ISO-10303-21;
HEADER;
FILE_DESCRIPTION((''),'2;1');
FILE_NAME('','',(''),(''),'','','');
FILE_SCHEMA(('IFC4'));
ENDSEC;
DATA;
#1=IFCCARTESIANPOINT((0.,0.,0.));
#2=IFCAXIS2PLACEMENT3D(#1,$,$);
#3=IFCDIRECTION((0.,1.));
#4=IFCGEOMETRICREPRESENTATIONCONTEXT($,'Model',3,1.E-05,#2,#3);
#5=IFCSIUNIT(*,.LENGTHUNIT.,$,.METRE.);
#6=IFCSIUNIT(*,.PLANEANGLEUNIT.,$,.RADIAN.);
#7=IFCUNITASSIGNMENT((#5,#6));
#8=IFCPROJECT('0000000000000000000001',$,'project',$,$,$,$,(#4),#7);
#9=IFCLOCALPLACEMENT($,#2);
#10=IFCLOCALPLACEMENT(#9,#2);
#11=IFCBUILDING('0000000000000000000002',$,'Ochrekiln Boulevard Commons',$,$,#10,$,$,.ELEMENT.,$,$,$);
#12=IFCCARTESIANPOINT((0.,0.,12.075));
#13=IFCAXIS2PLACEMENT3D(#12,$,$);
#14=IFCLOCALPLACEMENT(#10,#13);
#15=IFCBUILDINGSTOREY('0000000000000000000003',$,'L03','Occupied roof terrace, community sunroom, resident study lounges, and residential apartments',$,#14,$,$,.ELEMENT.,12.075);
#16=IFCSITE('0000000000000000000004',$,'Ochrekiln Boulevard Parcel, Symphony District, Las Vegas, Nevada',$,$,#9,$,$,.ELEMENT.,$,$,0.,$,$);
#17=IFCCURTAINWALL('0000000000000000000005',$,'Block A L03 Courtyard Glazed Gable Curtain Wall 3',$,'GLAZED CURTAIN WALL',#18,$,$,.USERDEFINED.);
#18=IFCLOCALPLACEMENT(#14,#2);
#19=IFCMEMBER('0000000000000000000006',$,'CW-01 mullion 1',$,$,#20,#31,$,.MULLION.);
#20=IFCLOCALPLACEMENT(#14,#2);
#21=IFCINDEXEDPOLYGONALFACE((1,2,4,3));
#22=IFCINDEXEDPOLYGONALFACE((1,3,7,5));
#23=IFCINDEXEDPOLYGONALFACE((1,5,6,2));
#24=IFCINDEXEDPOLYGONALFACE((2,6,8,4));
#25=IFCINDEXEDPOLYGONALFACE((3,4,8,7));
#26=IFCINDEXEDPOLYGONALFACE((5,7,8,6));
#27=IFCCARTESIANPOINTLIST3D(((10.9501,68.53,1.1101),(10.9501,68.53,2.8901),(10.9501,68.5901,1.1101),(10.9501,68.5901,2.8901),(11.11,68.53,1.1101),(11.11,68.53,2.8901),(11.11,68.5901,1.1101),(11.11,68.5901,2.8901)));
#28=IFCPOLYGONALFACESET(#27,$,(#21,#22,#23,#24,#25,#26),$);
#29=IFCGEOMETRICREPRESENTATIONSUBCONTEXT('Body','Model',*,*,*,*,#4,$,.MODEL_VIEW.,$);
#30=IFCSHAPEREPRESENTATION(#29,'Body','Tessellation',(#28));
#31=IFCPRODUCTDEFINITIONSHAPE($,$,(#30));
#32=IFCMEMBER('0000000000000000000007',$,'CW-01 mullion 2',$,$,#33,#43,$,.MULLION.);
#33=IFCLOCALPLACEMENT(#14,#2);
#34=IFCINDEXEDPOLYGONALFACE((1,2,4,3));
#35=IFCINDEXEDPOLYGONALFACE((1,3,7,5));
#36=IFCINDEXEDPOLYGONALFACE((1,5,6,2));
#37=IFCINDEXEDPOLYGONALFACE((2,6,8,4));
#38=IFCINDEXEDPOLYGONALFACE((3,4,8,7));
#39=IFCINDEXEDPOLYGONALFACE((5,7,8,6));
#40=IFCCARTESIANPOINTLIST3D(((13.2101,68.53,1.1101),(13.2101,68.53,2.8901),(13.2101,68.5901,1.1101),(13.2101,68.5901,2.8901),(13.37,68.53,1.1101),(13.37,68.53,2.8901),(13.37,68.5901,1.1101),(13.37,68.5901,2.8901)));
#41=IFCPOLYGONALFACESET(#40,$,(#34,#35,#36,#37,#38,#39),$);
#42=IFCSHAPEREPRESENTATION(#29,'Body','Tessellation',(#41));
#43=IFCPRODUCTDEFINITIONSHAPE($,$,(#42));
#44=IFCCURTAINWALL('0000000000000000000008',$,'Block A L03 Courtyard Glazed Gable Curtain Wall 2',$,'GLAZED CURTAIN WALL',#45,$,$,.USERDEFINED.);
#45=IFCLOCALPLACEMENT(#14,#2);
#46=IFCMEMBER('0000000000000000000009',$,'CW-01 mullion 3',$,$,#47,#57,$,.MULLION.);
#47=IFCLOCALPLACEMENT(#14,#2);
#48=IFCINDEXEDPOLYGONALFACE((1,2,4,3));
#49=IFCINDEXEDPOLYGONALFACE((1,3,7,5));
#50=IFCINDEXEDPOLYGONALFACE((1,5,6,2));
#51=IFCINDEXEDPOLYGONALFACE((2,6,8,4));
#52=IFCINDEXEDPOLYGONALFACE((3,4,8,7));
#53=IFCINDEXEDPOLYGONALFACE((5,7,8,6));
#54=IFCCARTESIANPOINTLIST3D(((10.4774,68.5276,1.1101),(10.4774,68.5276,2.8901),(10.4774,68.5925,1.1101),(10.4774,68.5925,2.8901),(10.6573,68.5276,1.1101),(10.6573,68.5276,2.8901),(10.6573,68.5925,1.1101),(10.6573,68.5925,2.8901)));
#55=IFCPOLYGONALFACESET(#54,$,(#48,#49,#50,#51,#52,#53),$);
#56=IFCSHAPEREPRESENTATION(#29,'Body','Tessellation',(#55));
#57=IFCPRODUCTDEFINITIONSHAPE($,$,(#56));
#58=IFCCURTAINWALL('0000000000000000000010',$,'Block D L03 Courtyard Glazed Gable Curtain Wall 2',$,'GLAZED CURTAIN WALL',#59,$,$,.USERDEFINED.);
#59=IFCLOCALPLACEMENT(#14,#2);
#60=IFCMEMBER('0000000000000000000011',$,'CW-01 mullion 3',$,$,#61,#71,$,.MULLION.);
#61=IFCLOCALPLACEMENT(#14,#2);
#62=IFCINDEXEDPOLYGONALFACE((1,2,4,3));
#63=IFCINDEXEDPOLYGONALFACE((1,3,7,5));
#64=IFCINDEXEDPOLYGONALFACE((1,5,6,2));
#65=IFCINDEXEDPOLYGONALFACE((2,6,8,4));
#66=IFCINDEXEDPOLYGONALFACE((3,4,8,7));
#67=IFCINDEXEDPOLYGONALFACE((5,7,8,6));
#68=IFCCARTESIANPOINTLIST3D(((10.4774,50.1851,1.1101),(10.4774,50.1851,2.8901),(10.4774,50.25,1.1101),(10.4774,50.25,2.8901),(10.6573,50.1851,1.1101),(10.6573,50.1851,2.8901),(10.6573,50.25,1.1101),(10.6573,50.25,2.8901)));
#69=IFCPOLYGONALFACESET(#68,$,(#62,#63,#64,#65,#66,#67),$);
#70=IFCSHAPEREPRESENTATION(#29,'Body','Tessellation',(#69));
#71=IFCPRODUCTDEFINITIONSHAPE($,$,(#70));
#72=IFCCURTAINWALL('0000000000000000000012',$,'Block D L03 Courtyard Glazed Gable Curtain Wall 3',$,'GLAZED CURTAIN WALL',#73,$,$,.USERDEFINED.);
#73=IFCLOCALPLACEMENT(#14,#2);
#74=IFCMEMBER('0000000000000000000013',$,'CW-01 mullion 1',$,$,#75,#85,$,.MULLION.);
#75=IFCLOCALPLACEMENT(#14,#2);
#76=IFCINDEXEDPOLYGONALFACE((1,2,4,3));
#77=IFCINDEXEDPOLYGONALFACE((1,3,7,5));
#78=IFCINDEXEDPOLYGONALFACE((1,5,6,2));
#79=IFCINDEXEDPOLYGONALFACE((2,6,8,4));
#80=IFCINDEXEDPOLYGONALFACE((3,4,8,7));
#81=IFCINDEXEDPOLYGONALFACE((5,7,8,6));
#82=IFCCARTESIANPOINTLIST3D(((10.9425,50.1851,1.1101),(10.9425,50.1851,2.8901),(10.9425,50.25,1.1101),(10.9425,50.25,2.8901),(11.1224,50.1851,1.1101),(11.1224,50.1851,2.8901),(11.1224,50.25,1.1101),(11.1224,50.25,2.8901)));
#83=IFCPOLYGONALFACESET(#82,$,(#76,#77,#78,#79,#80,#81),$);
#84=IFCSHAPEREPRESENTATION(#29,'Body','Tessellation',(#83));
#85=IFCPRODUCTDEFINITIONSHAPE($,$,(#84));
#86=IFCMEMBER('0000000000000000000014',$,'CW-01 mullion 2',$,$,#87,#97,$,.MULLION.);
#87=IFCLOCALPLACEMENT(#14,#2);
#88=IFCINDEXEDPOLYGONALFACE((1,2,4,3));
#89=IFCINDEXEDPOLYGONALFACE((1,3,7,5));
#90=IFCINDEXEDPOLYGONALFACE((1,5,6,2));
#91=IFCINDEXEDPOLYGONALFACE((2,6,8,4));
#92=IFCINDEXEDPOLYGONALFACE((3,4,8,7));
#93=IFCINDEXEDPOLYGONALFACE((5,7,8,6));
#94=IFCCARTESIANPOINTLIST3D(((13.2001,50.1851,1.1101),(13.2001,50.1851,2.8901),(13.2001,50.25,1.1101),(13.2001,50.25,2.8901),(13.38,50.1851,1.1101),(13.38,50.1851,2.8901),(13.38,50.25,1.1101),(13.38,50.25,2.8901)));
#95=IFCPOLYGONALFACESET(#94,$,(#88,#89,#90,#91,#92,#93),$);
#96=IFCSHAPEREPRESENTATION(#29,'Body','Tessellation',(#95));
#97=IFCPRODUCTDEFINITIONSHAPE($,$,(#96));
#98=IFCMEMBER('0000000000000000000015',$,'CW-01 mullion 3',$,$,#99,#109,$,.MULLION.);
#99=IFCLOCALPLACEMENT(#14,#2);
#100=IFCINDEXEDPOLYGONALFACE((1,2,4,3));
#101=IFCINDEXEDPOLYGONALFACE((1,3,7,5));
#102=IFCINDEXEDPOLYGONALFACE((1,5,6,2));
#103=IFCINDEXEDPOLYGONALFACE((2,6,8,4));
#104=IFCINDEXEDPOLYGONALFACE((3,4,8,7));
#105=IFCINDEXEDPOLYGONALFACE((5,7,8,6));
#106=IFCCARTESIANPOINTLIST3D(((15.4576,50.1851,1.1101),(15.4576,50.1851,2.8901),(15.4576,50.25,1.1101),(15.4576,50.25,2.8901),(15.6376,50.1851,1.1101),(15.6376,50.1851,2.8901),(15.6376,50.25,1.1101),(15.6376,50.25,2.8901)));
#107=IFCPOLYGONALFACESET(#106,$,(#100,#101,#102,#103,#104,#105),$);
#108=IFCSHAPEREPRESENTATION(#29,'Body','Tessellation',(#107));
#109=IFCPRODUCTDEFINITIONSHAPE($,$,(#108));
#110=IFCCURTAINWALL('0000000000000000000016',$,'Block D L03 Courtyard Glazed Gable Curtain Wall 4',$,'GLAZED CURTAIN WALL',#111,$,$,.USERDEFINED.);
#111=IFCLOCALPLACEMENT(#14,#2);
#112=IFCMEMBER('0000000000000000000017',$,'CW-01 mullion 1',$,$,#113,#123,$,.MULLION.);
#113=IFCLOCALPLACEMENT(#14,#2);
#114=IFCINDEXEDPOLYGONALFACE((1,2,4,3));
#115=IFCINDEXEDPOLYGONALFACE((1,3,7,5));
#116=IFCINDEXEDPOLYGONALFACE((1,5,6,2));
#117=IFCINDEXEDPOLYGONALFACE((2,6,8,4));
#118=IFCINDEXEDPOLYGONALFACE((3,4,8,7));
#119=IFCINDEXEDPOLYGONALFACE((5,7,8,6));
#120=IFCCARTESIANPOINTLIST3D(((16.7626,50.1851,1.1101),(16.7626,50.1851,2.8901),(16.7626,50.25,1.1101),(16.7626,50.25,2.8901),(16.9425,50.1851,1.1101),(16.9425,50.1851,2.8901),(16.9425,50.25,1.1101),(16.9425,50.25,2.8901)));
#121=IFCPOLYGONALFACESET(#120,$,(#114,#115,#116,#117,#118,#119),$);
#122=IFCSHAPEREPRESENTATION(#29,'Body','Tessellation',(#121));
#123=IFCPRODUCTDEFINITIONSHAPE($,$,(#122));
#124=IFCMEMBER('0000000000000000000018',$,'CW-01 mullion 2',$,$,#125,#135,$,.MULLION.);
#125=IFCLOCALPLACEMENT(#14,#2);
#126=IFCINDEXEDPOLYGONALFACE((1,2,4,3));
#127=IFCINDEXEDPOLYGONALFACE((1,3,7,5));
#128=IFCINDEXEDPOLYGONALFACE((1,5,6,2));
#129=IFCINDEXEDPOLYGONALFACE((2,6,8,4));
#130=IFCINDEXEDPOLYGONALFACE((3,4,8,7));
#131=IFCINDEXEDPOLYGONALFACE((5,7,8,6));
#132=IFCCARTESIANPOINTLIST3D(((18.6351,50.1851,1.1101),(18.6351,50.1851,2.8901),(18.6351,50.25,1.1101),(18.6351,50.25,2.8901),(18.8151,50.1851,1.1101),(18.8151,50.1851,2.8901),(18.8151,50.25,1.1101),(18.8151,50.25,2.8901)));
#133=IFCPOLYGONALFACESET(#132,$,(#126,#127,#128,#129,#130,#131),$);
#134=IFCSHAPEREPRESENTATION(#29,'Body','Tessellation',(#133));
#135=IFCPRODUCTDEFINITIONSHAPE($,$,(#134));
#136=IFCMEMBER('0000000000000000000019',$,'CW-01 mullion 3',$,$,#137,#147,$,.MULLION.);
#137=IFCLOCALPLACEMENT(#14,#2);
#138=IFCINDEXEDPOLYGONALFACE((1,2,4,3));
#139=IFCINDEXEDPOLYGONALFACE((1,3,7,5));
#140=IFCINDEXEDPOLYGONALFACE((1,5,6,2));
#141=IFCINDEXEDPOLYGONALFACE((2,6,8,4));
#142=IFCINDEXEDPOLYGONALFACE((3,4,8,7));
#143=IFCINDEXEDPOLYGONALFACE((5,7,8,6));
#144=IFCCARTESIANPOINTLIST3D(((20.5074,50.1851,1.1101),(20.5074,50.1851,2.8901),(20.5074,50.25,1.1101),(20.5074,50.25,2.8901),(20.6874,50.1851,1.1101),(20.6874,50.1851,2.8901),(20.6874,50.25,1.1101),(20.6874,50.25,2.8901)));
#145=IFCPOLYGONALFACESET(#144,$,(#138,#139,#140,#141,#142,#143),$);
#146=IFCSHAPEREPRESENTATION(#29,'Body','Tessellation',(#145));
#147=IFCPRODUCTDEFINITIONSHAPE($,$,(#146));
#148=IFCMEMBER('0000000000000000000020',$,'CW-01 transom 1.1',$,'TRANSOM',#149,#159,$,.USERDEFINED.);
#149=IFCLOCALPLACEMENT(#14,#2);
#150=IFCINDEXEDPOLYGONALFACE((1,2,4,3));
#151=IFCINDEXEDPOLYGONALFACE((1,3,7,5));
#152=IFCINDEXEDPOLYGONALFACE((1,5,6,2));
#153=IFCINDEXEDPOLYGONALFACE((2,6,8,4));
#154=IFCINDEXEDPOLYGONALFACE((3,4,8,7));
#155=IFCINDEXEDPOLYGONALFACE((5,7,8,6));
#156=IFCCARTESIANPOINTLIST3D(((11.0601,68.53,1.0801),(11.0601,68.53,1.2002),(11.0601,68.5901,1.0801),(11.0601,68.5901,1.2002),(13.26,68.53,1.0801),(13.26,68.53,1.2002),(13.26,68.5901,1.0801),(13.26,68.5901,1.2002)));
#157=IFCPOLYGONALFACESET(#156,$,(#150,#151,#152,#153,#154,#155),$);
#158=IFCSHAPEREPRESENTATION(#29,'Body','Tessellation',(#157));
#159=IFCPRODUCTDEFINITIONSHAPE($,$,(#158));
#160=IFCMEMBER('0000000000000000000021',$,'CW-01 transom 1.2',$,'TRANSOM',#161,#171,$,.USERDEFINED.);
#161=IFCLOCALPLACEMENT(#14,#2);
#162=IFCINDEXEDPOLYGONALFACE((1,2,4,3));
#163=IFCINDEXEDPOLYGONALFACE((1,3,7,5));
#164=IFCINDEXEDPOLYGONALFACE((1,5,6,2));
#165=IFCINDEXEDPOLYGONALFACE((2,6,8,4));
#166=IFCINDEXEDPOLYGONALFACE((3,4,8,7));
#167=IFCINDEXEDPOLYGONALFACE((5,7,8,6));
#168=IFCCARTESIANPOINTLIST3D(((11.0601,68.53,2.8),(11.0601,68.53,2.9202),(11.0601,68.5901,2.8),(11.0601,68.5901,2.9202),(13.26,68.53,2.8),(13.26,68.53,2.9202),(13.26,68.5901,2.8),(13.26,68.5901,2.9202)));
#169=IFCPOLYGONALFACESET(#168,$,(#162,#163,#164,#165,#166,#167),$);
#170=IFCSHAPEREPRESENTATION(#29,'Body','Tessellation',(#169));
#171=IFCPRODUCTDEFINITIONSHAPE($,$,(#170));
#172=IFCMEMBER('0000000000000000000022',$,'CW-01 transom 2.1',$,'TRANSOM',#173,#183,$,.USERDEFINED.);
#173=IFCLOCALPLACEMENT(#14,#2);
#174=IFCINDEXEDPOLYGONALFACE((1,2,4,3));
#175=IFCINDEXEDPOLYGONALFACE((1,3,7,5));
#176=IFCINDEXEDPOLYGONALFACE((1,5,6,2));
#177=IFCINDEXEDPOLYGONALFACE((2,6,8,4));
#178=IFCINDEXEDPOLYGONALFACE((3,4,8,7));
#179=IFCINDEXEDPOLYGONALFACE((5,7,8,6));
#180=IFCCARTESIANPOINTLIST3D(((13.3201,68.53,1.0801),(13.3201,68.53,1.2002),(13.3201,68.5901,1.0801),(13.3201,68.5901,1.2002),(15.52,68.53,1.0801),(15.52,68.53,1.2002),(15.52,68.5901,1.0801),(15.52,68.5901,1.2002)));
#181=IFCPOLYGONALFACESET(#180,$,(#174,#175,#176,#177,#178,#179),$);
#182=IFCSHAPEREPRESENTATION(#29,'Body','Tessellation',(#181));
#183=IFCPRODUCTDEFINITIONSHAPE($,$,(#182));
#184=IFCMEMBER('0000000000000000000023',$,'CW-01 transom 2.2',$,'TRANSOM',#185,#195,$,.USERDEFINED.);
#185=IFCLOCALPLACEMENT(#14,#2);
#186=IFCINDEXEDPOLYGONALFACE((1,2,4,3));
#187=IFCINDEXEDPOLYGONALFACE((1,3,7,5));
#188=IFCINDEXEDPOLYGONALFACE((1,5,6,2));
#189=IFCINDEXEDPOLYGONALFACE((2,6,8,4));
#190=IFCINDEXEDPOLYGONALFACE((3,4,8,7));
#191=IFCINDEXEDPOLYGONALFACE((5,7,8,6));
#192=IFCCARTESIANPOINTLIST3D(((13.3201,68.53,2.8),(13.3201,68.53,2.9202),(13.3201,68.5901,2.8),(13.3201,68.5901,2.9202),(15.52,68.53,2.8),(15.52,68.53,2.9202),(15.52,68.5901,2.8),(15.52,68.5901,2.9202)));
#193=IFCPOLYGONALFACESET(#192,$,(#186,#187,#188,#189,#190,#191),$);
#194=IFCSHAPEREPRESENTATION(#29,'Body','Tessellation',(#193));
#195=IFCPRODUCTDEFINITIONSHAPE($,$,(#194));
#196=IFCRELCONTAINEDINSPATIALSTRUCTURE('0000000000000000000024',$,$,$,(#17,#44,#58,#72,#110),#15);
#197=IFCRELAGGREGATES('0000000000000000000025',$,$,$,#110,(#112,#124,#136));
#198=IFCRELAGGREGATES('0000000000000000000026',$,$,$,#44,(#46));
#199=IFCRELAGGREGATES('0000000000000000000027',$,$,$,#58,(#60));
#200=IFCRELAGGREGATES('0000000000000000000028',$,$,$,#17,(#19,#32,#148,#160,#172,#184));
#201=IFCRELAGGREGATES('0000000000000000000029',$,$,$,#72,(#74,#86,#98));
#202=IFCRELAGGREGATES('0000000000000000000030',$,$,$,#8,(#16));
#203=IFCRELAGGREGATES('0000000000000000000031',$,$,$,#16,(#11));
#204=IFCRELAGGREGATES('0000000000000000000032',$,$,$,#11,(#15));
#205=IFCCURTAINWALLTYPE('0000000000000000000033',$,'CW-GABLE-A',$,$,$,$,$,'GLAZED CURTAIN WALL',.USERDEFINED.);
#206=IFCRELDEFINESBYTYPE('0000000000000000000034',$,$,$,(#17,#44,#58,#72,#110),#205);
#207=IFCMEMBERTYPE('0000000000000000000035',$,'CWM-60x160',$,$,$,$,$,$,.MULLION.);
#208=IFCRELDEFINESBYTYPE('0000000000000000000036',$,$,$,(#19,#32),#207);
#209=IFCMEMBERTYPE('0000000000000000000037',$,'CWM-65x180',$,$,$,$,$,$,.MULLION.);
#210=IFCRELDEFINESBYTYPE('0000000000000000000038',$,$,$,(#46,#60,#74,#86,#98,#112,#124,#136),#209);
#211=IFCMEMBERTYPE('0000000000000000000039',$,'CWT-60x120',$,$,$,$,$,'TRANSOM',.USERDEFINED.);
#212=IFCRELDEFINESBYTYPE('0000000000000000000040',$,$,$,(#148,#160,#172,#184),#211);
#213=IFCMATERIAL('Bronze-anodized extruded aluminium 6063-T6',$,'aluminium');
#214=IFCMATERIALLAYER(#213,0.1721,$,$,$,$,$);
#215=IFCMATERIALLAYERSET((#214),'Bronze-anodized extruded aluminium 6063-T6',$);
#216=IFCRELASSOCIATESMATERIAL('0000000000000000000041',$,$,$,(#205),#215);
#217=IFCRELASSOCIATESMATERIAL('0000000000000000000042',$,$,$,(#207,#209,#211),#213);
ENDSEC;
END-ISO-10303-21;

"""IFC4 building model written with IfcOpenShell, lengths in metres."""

from ifc_helpers import new_model, si_unit, direction, frame, origin, origin_2d, place, context, subcontext, project, spatial, rectangle, extrude, material, layer, layer_set, material_profile, profile_set, type_object, element, aggregate, save


model = new_model("IFC4")

# Units and contexts
model_context = context("Model", 3, precision=1e-05, world=origin(), true_north=direction((0.0, 1.0)))
body_context = subcontext(model_context, "Body", "Model", "MODEL_VIEW")
ifc_project = project(units=[si_unit("LENGTHUNIT", "METRE"), si_unit("PLANEANGLEUNIT", "RADIAN")], contexts=[model_context])

# Site, building, storey
site_placement = place(None, origin())
site = spatial("IfcSite", under=ifc_project, at=site_placement, Name="Ochrekiln Boulevard Parcel, Symphony District, Las Vegas, Nevada", CompositionType="ELEMENT", RefElevation=0.0)
building_placement = place(site_placement, origin())
building = spatial("IfcBuilding", under=site, at=building_placement, Name="Ochrekiln Boulevard Commons", CompositionType="ELEMENT")
storey_placement = place(building_placement, frame((0.0, 0.0, 12.075)))
storey = spatial("IfcBuildingStorey", under=building, at=storey_placement, Name="L03", Description="Occupied roof terrace, community sunroom, resident study lounges, and residential apartments", CompositionType="ELEMENT", Elevation=12.075)

# Curtain wall, members
ifc_material_1 = material(Name="Bronze-anodized extruded aluminium 6063-T6", Category="aluminium")
ifc_layer_1 = layer(ifc_material_1, 0.1721)
ifc_layer_set_1 = layer_set([ifc_layer_1], Name="Bronze-anodized extruded aluminium 6063-T6")
curtain_wall_type = type_object("IfcCurtainWallType", Name="CW-GABLE-A", ElementType="GLAZED CURTAIN WALL", PredefinedType="USERDEFINED", material=ifc_layer_set_1)
curtain_wall_1_placement = place(storey_placement, origin())
curtain_wall_1 = element("IfcCurtainWall", 1, at=curtain_wall_1_placement, inside=storey, type_object=curtain_wall_type, Name="Block A L03 Courtyard Glazed Gable Curtain Wall 3", ObjectType="GLAZED CURTAIN WALL", PredefinedType="USERDEFINED")
ifc_material_profile_1 = material_profile(ifc_material_1, rectangle(XDim=0.0601, YDim=0.1599, at=origin_2d()), Name="ALU-MUL-60x160")
ifc_profile_set_1 = profile_set([ifc_material_profile_1], Name="Bronze-anodized extruded aluminium 6063-T6")
member_type_1 = type_object("IfcMemberType", Name="CWM-60x160", PredefinedType="MULLION", material=ifc_profile_set_1)
member_1_placement = place(storey_placement, frame((11.03, 68.5601, 1.1101), z_axis=(0.0, 0.0, 1.0), x_axis=(0.0, 1.0, 0.0)))
member_1 = element("IfcMember", 2, at=member_1_placement, type_object=member_type_1, Name="CW-01 mullion 1", PredefinedType="MULLION", context=body_context, shape_type="SweptSolid", body=[
    extrude(rectangle(XDim=0.0601, YDim=0.1599, at=origin_2d()), origin(), (0.0, 0.0, 1.0), 1.78),
])
member_2_placement = place(storey_placement, frame((13.29, 68.5601, 1.1101), z_axis=(0.0, 0.0, 1.0), x_axis=(0.0, 1.0, 0.0)))
member_2 = element("IfcMember", 3, at=member_2_placement, type_object=member_type_1, Name="CW-01 mullion 2", PredefinedType="MULLION", context=body_context, shape_type="SweptSolid", body=[
    extrude(rectangle(XDim=0.0601, YDim=0.1599, at=origin_2d()), origin(), (0.0, 0.0, 1.0), 1.78),
])

# Curtain walls, members
curtain_wall_2_placement = place(storey_placement, origin())
curtain_wall_2 = element("IfcCurtainWall", 4, at=curtain_wall_2_placement, inside=storey, type_object=curtain_wall_type, Name="Block A L03 Courtyard Glazed Gable Curtain Wall 2", ObjectType="GLAZED CURTAIN WALL", PredefinedType="USERDEFINED")
ifc_material_profile_2 = material_profile(ifc_material_1, rectangle(XDim=0.0649, YDim=0.1799, at=origin_2d()), Name="ALU-MUL-65x180")
ifc_profile_set_2 = profile_set([ifc_material_profile_2], Name="Bronze-anodized extruded aluminium 6063-T6")
member_type_2 = type_object("IfcMemberType", Name="CWM-65x180", PredefinedType="MULLION", material=ifc_profile_set_2)
member_3_placement = place(storey_placement, frame((10.5674, 68.5601, 1.1101), z_axis=(0.0, 0.0, 1.0), x_axis=(0.0, 1.0, 0.0)))
member_3 = element("IfcMember", 5, at=member_3_placement, type_object=member_type_2, Name="CW-01 mullion 3", PredefinedType="MULLION", context=body_context, shape_type="SweptSolid", body=[
    extrude(rectangle(XDim=0.0649, YDim=0.1799, at=origin_2d()), origin(), (0.0, 0.0, 1.0), 1.78),
])
curtain_wall_3_placement = place(storey_placement, origin())
curtain_wall_3 = element("IfcCurtainWall", 6, at=curtain_wall_3_placement, inside=storey, type_object=curtain_wall_type, Name="Block D L03 Courtyard Glazed Gable Curtain Wall 2", ObjectType="GLAZED CURTAIN WALL", PredefinedType="USERDEFINED")
member_4_placement = place(storey_placement, frame((10.5674, 50.2175, 1.1101), z_axis=(0.0, 0.0, 1.0), x_axis=(0.0, 1.0, 0.0)))
member_4 = element("IfcMember", 7, at=member_4_placement, type_object=member_type_2, Name="CW-01 mullion 3", PredefinedType="MULLION", context=body_context, shape_type="SweptSolid", body=[
    extrude(rectangle(XDim=0.0649, YDim=0.1799, at=origin_2d()), origin(), (0.0, 0.0, 1.0), 1.78),
])

# Curtain walls, members
curtain_wall_4_placement = place(storey_placement, origin())
curtain_wall_4 = element("IfcCurtainWall", 8, at=curtain_wall_4_placement, inside=storey, type_object=curtain_wall_type, Name="Block D L03 Courtyard Glazed Gable Curtain Wall 3", ObjectType="GLAZED CURTAIN WALL", PredefinedType="USERDEFINED")
member_5_placement = place(storey_placement, frame((11.0325, 50.2175, 1.1101), z_axis=(0.0, 0.0, 1.0), x_axis=(0.0, 1.0, 0.0)))
member_5 = element("IfcMember", 9, at=member_5_placement, type_object=member_type_2, Name="CW-01 mullion 1", PredefinedType="MULLION", context=body_context, shape_type="SweptSolid", body=[
    extrude(rectangle(XDim=0.0649, YDim=0.1799, at=origin_2d()), origin(), (0.0, 0.0, 1.0), 1.78),
])
member_6_placement = place(storey_placement, frame((13.29, 50.2175, 1.1101), z_axis=(0.0, 0.0, 1.0), x_axis=(0.0, 1.0, 0.0)))
member_6 = element("IfcMember", 10, at=member_6_placement, type_object=member_type_2, Name="CW-01 mullion 2", PredefinedType="MULLION", context=body_context, shape_type="SweptSolid", body=[
    extrude(rectangle(XDim=0.0649, YDim=0.1799, at=origin_2d()), origin(), (0.0, 0.0, 1.0), 1.78),
])
member_7_placement = place(storey_placement, frame((15.5476, 50.2175, 1.1101), z_axis=(0.0, 0.0, 1.0), x_axis=(0.0, 1.0, 0.0)))
member_7 = element("IfcMember", 11, at=member_7_placement, type_object=member_type_2, Name="CW-01 mullion 3", PredefinedType="MULLION", context=body_context, shape_type="SweptSolid", body=[
    extrude(rectangle(XDim=0.0649, YDim=0.1799, at=origin_2d()), origin(), (0.0, 0.0, 1.0), 1.78),
])
curtain_wall_5_placement = place(storey_placement, origin())
curtain_wall_5 = element("IfcCurtainWall", 12, at=curtain_wall_5_placement, inside=storey, type_object=curtain_wall_type, Name="Block D L03 Courtyard Glazed Gable Curtain Wall 4", ObjectType="GLAZED CURTAIN WALL", PredefinedType="USERDEFINED")
member_8_placement = place(storey_placement, frame((16.8525, 50.2175, 1.1101), z_axis=(0.0, 0.0, 1.0), x_axis=(0.0, 1.0, 0.0)))
member_8 = element("IfcMember", 13, at=member_8_placement, type_object=member_type_2, Name="CW-01 mullion 1", PredefinedType="MULLION", context=body_context, shape_type="SweptSolid", body=[
    extrude(rectangle(XDim=0.0649, YDim=0.1799, at=origin_2d()), origin(), (0.0, 0.0, 1.0), 1.78),
])
member_9_placement = place(storey_placement, frame((18.7251, 50.2175, 1.1101), z_axis=(0.0, 0.0, 1.0), x_axis=(0.0, 1.0, 0.0)))
member_9 = element("IfcMember", 14, at=member_9_placement, type_object=member_type_2, Name="CW-01 mullion 2", PredefinedType="MULLION", context=body_context, shape_type="SweptSolid", body=[
    extrude(rectangle(XDim=0.0649, YDim=0.1799, at=origin_2d()), origin(), (0.0, 0.0, 1.0), 1.78),
])
member_10_placement = place(storey_placement, frame((20.5974, 50.2175, 1.1101), z_axis=(0.0, 0.0, 1.0), x_axis=(0.0, 1.0, 0.0)))
member_10 = element("IfcMember", 15, at=member_10_placement, type_object=member_type_2, Name="CW-01 mullion 3", PredefinedType="MULLION", context=body_context, shape_type="SweptSolid", body=[
    extrude(rectangle(XDim=0.0649, YDim=0.1799, at=origin_2d()), origin(), (0.0, 0.0, 1.0), 1.78),
])

# Members
ifc_material_profile_3 = material_profile(ifc_material_1, rectangle(XDim=0.0601, YDim=0.1201, at=origin_2d()), Name="ALU-TRN-60x120")
ifc_profile_set_3 = profile_set([ifc_material_profile_3], Name="Bronze-anodized extruded aluminium 6063-T6")
member_type_3 = type_object("IfcMemberType", Name="CWT-60x120", ElementType="TRANSOM", PredefinedType="USERDEFINED", material=ifc_profile_set_3)
member_11_placement = place(storey_placement, frame((11.0601, 68.5601, 1.1401), z_axis=(1.0, 0.0, 0.0), x_axis=(0.0, 1.0, 0.0)))
member_11 = element("IfcMember", 16, at=member_11_placement, type_object=member_type_3, Name="CW-01 transom 1.1", ObjectType="TRANSOM", PredefinedType="USERDEFINED", context=body_context, shape_type="SweptSolid", body=[
    extrude(rectangle(XDim=0.0601, YDim=0.1201, at=origin_2d()), origin(), (0.0, 0.0, 1.0), 2.2),
])
member_12_placement = place(storey_placement, frame((11.0601, 68.5601, 2.8601), z_axis=(1.0, 0.0, 0.0), x_axis=(0.0, 1.0, 0.0)))
member_12 = element("IfcMember", 17, at=member_12_placement, type_object=member_type_3, Name="CW-01 transom 1.2", ObjectType="TRANSOM", PredefinedType="USERDEFINED", context=body_context, shape_type="SweptSolid", body=[
    extrude(rectangle(XDim=0.0601, YDim=0.1201, at=origin_2d()), origin(), (0.0, 0.0, 1.0), 2.2),
])
member_13_placement = place(storey_placement, frame((13.3201, 68.5601, 1.1401), z_axis=(1.0, 0.0, 0.0), x_axis=(0.0, 1.0, 0.0)))
member_13 = element("IfcMember", 18, at=member_13_placement, type_object=member_type_3, Name="CW-01 transom 2.1", ObjectType="TRANSOM", PredefinedType="USERDEFINED", context=body_context, shape_type="SweptSolid", body=[
    extrude(rectangle(XDim=0.0601, YDim=0.1201, at=origin_2d()), origin(), (0.0, 0.0, 1.0), 2.2),
])
member_14_placement = place(storey_placement, frame((13.3201, 68.5601, 2.8601), z_axis=(1.0, 0.0, 0.0), x_axis=(0.0, 1.0, 0.0)))
member_14 = element("IfcMember", 19, at=member_14_placement, type_object=member_type_3, Name="CW-01 transom 2.2", ObjectType="TRANSOM", PredefinedType="USERDEFINED", context=body_context, shape_type="SweptSolid", body=[
    extrude(rectangle(XDim=0.0601, YDim=0.1201, at=origin_2d()), origin(), (0.0, 0.0, 1.0), 2.2),
])

aggregate(curtain_wall_5, [member_8, member_9, member_10])
aggregate(curtain_wall_2, [member_3])
aggregate(curtain_wall_3, [member_4])
aggregate(curtain_wall_1, [member_1, member_2, member_11, member_12, member_13, member_14])
aggregate(curtain_wall_4, [member_5, member_6, member_7])

save(model, "model.ifc")
